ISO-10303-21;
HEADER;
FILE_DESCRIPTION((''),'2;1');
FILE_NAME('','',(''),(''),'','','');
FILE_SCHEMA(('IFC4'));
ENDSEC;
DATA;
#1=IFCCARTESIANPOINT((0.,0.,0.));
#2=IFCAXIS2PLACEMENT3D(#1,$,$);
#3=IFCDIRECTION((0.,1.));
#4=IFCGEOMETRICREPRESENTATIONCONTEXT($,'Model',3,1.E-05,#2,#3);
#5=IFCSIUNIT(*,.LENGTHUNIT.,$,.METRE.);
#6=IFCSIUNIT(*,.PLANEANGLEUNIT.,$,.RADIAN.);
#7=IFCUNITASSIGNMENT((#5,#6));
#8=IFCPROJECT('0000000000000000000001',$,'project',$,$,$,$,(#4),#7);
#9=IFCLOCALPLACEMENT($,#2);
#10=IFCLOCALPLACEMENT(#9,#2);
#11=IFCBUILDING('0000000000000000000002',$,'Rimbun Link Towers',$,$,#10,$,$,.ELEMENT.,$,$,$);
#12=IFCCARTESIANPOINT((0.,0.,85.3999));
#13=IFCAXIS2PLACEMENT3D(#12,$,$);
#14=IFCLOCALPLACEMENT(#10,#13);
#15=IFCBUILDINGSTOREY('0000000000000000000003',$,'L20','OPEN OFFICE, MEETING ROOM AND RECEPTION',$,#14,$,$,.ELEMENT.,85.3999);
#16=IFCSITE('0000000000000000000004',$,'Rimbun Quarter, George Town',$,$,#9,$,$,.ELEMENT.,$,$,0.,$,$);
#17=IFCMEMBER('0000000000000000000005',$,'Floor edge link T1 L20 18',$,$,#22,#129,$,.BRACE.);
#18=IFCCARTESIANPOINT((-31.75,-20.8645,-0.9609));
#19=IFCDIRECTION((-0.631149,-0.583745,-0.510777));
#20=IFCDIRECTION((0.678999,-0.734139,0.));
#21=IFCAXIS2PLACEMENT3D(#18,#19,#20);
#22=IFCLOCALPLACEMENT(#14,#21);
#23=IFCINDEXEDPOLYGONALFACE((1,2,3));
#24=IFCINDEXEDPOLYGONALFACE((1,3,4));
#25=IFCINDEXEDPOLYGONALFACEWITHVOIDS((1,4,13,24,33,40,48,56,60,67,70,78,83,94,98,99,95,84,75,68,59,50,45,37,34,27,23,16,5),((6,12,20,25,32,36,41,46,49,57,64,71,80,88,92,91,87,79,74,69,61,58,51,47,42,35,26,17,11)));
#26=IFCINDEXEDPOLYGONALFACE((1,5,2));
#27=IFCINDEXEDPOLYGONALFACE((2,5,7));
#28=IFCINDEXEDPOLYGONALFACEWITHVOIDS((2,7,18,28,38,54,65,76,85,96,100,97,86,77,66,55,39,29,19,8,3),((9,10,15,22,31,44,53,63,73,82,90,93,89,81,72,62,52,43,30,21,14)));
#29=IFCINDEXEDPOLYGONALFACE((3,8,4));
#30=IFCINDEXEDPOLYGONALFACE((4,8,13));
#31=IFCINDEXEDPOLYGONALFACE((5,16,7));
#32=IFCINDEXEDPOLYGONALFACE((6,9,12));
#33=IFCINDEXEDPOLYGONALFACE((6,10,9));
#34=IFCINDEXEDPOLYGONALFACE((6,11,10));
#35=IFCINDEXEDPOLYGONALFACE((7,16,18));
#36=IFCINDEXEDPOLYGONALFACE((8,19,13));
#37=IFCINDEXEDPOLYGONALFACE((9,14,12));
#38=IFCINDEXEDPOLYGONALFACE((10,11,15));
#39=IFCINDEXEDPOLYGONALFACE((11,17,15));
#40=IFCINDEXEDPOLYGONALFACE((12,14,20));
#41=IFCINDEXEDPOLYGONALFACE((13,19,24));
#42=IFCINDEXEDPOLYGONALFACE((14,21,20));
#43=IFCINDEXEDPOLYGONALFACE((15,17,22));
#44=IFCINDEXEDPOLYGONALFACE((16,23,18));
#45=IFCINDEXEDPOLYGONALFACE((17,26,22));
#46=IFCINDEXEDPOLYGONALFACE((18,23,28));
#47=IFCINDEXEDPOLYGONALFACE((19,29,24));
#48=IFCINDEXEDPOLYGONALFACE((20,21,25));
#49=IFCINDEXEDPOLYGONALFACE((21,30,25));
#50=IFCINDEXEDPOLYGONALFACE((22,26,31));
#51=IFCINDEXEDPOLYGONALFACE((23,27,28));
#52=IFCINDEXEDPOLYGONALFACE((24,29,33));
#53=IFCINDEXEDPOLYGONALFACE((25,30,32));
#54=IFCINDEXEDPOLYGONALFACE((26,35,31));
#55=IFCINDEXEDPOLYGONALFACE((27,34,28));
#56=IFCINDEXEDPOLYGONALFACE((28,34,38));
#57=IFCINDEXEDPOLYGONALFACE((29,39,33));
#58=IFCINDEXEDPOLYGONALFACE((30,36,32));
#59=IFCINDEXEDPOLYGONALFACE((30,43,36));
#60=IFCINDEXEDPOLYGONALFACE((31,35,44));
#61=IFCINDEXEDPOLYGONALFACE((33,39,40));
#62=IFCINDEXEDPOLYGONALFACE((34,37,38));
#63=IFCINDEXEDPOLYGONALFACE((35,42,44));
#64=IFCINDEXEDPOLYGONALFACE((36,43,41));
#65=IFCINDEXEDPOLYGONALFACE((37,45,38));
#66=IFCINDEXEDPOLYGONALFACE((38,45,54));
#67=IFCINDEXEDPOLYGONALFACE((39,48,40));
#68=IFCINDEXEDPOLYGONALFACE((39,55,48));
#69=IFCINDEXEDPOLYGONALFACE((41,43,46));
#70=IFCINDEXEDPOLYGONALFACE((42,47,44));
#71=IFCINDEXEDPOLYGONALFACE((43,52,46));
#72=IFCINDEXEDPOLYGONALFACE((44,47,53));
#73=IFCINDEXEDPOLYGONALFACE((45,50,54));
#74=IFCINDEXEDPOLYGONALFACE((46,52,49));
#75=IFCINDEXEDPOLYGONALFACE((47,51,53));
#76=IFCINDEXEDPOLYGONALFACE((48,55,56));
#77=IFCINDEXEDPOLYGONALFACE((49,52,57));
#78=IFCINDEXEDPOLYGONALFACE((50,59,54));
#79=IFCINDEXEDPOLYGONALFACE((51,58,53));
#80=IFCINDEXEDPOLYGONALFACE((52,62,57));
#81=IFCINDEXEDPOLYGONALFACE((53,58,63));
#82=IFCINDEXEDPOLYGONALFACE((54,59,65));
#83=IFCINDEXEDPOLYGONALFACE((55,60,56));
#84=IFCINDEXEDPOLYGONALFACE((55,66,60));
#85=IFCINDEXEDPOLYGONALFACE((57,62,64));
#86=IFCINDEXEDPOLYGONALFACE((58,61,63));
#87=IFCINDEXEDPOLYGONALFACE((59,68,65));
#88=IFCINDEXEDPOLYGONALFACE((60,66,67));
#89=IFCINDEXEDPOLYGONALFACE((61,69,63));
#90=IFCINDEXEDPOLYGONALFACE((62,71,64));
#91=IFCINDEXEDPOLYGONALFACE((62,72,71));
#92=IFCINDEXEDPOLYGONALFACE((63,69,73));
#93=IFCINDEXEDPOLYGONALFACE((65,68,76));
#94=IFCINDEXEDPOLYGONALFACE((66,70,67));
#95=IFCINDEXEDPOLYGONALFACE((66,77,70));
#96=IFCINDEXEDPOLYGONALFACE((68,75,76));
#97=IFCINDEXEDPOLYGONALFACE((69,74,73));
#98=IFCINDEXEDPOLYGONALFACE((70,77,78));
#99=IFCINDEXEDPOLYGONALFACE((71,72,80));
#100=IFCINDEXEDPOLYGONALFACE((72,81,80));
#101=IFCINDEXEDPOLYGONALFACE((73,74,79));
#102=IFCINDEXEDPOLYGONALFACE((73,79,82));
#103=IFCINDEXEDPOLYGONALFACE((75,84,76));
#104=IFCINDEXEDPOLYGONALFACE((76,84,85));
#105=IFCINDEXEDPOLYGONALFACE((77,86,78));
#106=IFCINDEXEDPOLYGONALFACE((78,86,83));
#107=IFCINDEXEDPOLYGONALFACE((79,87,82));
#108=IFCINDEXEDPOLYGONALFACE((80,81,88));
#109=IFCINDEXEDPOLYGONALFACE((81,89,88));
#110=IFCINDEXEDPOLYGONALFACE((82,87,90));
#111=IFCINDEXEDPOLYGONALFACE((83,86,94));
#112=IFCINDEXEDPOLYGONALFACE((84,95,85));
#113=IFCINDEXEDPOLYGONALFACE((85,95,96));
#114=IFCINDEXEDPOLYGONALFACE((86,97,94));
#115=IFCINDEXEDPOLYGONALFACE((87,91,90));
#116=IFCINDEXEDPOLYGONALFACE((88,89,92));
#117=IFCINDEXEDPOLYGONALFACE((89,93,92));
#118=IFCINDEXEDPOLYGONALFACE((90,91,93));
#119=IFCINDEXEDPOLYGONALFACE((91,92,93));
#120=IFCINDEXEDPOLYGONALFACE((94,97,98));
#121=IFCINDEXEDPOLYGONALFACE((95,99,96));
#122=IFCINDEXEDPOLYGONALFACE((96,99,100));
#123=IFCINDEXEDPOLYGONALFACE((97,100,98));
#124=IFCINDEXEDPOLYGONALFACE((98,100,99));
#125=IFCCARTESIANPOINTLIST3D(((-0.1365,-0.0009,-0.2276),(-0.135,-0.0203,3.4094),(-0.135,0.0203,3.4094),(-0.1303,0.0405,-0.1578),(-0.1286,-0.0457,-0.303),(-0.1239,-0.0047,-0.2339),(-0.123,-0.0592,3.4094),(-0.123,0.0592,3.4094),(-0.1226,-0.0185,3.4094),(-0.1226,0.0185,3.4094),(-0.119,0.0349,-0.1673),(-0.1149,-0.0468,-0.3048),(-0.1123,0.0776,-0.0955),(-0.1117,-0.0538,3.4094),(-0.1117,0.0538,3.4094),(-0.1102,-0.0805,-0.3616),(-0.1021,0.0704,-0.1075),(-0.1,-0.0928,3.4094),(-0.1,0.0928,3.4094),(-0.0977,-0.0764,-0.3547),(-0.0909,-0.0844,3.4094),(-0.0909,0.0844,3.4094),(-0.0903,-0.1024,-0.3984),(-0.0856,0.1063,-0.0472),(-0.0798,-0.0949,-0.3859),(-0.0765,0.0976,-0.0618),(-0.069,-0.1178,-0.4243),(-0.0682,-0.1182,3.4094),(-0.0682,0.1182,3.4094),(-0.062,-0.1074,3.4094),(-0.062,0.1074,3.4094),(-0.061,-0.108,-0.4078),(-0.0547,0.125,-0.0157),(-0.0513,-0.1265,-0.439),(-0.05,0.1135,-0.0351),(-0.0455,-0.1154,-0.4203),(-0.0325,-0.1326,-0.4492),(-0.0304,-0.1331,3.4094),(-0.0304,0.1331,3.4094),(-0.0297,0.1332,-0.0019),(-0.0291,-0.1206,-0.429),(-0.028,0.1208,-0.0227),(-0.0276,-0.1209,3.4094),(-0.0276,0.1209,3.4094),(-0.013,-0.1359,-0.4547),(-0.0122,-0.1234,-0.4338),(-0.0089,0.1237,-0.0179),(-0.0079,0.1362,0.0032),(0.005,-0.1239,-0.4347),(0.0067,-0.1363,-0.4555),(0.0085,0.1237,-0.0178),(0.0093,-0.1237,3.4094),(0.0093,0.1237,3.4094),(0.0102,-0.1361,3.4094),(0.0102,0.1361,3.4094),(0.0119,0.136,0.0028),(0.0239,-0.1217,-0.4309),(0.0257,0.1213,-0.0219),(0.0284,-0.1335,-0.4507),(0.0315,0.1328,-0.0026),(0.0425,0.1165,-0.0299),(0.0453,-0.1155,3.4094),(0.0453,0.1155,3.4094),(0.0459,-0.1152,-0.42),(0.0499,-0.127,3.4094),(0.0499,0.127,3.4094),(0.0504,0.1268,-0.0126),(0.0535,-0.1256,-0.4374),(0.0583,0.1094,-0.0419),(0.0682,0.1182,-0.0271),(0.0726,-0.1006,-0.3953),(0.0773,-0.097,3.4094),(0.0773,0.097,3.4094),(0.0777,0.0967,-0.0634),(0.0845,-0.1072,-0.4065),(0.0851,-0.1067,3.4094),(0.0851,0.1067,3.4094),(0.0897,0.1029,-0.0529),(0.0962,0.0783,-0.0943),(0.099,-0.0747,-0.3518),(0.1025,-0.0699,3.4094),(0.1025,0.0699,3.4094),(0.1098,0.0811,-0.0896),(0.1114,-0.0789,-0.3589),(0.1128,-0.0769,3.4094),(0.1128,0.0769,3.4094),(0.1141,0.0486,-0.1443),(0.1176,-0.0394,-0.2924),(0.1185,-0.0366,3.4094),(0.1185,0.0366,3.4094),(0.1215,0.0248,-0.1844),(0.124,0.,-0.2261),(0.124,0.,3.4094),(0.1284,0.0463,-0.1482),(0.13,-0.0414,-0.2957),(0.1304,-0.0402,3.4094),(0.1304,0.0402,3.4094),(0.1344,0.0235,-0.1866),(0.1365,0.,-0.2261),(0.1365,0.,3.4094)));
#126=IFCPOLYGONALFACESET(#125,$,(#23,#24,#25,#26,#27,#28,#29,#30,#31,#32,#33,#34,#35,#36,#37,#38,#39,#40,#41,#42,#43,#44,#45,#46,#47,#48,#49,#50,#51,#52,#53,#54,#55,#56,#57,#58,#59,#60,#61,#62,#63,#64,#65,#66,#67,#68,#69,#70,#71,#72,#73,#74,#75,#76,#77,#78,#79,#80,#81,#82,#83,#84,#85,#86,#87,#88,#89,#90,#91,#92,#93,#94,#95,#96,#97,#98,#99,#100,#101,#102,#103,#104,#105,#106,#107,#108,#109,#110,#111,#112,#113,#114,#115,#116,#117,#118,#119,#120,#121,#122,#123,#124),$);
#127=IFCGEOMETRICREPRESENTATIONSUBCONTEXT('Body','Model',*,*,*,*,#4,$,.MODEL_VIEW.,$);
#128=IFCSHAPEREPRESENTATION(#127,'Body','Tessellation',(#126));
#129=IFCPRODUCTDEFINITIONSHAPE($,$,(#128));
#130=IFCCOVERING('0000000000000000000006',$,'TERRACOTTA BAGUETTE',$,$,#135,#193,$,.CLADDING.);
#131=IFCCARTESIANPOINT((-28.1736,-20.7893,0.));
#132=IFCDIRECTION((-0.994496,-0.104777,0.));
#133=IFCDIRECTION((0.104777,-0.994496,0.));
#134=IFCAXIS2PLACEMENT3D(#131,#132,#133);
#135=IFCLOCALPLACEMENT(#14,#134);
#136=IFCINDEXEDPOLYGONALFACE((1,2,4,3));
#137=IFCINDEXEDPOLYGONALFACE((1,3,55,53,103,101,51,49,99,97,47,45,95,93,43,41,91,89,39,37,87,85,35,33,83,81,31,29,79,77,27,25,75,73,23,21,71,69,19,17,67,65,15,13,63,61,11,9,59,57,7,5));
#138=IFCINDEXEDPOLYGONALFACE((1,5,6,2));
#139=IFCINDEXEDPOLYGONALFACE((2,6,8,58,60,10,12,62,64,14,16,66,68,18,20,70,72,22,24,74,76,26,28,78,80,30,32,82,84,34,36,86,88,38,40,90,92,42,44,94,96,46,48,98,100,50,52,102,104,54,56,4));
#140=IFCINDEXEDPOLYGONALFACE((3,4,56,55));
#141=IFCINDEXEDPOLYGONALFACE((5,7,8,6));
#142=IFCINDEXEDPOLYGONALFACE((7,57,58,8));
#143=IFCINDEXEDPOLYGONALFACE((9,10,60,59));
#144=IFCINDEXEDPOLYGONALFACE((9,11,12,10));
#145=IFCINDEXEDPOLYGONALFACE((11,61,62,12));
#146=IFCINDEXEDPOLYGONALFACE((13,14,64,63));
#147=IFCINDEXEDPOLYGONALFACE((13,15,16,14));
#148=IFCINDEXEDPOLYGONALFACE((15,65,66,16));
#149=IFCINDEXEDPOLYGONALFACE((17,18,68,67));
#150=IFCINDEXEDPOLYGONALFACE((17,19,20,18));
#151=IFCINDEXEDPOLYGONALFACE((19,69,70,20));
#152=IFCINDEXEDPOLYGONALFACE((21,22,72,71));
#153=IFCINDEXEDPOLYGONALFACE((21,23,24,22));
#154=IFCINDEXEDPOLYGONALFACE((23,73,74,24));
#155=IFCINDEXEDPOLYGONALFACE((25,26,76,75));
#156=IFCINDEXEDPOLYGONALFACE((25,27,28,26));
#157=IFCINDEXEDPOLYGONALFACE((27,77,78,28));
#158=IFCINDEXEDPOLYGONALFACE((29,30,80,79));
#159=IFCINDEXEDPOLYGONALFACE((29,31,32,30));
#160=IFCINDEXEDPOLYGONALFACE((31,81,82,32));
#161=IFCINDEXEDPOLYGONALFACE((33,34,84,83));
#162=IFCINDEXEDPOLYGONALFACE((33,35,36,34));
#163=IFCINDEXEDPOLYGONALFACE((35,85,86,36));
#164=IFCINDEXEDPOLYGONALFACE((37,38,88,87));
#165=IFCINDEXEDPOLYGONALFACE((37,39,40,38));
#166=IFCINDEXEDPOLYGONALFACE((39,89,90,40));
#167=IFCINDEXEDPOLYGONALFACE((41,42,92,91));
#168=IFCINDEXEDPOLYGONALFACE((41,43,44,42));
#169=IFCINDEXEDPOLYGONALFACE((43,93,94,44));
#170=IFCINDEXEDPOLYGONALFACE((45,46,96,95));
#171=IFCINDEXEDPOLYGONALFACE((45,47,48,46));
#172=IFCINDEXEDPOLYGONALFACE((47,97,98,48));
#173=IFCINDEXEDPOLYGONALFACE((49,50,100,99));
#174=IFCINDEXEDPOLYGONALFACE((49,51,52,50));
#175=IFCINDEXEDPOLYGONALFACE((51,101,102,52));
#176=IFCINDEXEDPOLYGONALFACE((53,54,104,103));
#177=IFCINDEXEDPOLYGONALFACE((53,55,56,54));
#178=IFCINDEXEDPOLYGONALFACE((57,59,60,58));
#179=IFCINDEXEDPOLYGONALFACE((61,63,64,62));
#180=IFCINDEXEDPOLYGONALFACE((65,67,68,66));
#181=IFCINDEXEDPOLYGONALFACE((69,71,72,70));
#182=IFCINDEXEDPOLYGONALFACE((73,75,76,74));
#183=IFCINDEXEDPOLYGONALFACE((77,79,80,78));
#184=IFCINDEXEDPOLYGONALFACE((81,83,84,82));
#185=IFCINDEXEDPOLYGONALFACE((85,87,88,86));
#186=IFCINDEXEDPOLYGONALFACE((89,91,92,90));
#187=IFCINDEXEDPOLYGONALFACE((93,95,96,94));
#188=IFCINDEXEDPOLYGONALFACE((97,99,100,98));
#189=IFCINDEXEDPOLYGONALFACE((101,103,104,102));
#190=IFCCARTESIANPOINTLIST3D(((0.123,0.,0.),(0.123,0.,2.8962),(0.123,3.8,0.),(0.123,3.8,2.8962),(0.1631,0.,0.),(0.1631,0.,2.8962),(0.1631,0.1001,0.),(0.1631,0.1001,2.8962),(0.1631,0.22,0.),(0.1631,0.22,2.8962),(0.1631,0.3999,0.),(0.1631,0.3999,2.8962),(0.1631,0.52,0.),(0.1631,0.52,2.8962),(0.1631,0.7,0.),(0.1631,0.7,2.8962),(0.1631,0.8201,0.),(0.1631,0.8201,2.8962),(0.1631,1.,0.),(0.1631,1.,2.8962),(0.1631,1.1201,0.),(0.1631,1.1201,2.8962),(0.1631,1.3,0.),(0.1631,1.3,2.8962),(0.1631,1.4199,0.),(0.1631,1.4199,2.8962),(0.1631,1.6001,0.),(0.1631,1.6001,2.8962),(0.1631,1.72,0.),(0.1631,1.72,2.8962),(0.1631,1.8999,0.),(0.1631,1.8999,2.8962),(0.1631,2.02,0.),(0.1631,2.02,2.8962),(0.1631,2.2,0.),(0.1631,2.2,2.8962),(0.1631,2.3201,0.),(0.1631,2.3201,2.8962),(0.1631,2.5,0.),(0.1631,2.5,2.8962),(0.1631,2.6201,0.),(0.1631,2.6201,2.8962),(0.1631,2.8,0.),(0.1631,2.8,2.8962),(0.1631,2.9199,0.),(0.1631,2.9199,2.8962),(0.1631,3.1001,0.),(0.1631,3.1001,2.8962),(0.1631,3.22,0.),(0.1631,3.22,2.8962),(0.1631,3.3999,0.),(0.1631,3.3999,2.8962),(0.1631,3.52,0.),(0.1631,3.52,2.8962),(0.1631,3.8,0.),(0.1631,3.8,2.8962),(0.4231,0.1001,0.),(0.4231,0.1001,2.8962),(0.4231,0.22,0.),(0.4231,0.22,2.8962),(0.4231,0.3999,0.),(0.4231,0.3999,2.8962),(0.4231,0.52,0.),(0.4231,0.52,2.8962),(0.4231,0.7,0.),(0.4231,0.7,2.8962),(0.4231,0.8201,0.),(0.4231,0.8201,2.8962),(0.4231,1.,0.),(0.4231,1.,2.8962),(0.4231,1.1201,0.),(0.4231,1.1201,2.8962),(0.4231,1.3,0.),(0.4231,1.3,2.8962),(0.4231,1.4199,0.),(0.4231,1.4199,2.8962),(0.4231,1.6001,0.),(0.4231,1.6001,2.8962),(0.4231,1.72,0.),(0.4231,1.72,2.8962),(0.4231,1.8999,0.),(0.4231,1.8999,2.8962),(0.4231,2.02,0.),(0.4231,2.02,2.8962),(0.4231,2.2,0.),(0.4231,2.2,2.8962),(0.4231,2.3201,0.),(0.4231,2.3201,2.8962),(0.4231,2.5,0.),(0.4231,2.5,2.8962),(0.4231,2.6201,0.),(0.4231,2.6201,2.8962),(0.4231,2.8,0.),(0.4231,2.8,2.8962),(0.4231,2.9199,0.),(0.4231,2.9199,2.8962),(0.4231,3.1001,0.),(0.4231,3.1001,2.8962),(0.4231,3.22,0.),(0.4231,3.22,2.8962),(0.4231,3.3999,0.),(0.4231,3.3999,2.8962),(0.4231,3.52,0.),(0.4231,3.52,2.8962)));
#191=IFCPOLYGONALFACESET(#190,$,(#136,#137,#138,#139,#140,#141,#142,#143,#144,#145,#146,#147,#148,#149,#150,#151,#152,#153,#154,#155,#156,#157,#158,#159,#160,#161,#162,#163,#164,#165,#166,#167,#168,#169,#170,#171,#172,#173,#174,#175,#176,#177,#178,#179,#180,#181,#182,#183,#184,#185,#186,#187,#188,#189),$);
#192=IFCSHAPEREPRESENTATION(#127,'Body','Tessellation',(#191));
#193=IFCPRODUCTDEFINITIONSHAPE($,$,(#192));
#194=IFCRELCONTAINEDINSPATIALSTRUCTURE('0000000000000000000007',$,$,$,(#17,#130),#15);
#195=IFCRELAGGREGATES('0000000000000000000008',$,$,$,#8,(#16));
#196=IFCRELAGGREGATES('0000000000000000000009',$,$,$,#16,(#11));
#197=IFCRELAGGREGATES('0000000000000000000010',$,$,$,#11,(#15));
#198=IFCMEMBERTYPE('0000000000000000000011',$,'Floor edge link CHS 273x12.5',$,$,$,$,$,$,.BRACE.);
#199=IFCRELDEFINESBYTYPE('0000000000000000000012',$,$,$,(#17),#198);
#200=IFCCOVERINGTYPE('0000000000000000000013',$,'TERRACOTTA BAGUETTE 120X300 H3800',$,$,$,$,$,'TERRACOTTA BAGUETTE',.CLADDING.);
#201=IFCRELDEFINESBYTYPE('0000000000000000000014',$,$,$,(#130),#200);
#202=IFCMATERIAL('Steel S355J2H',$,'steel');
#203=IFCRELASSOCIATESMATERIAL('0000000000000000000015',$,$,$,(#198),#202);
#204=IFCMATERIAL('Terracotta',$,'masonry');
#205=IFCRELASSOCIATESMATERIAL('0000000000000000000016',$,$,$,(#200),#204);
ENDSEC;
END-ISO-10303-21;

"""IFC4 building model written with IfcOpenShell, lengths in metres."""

from ifc_helpers import new_model, si_unit, direction, frame, origin, origin_2d, place, context, subcontext, project, spatial, polyline, hollow_circle, outline, extrude, clip, halfspace, material, material_profile, profile_set, type_object, element, save


model = new_model("IFC4")

# Units and contexts
model_context = context("Model", 3, precision=1e-05, world=origin(), true_north=direction((0.0, 1.0)))
body_context = subcontext(model_context, "Body", "Model", "MODEL_VIEW")
ifc_project = project(units=[si_unit("LENGTHUNIT", "METRE"), si_unit("PLANEANGLEUNIT", "RADIAN")], contexts=[model_context])

# Site, building, storey
site_placement = place(None, origin())
site = spatial("IfcSite", under=ifc_project, at=site_placement, Name="Rimbun Quarter, George Town", CompositionType="ELEMENT", RefElevation=0.0)
building_placement = place(site_placement, origin())
building = spatial("IfcBuilding", under=site, at=building_placement, Name="Rimbun Link Towers", CompositionType="ELEMENT")
storey_placement = place(building_placement, frame((0.0, 0.0, 85.3999)))
storey = spatial("IfcBuildingStorey", under=building, at=storey_placement, Name="L20", Description="OPEN OFFICE, MEETING ROOM AND RECEPTION", CompositionType="ELEMENT", Elevation=85.3999)

# Member
ifc_material_1 = material(Name="Steel S355J2H", Category="steel")
ifc_material_profile_1 = material_profile(ifc_material_1, hollow_circle(Radius=0.1365, WallThickness=0.0125, at=origin_2d()), Name="CHS 273x12.5")
ifc_profile_set_1 = profile_set([ifc_material_profile_1], Name="Steel S355J2H")
member_type_1 = type_object("IfcMemberType", Name="Floor edge link CHS 273x12.5", PredefinedType="BRACE", material=ifc_profile_set_1)
member_1_placement = place(storey_placement, frame((-31.75, -20.8645, -0.9609), z_axis=(-0.631149, -0.583745, -0.510777), x_axis=(0.678999, -0.734139, 0.0)))
element("IfcMember", 1, at=member_1_placement, inside=storey, type_object=member_type_1, Name="Floor edge link T1 L20 18", PredefinedType="BRACE", context=body_context, shape_type="Clipping", body=[
    clip(extrude(hollow_circle(Radius=0.1365, WallThickness=0.0125, at=origin_2d()), frame((0.0, 0.0, -0.479)), (0.0, 0.0, 1.0), 3.8884), halfspace(frame((0.0, 0.0, -0.2261), z_axis=(0.0, 0.859713, -0.510777)), False)),
])

# Covering
ifc_material_2 = material(Name="Terracotta", Category="masonry")
ifc_material_profile_2 = material_profile(ifc_material_2, outline(polyline([(0.123, 0.0), (0.1631, 0.0), (0.1631, 0.1001), (0.4231, 0.1001), (0.4231, 0.22), (0.1631, 0.22), (0.1631, 0.3999), (0.4231, 0.3999), (0.4231, 0.52), (0.1631, 0.52), (0.1631, 0.7), (0.4231, 0.7), (0.4231, 0.8201), (0.1631, 0.8201), (0.1631, 1.0), (0.4231, 1.0), (0.4231, 1.1201), (0.1631, 1.1201), (0.1631, 1.3), (0.4231, 1.3), (0.4231, 1.4199), (0.1631, 1.4199), (0.1631, 1.6001), (0.4231, 1.6001), (0.4231, 1.72), (0.1631, 1.72), (0.1631, 1.8999), (0.4231, 1.8999), (0.4231, 2.02), (0.1631, 2.02), (0.1631, 2.2), (0.4231, 2.2), (0.4231, 2.3201), (0.1631, 2.3201), (0.1631, 2.5), (0.4231, 2.5), (0.4231, 2.6201), (0.1631, 2.6201), (0.1631, 2.8), (0.4231, 2.8), (0.4231, 2.9199), (0.1631, 2.9199), (0.1631, 3.1001), (0.4231, 3.1001), (0.4231, 3.22), (0.1631, 3.22), (0.1631, 3.3999), (0.4231, 3.3999), (0.4231, 3.52), (0.1631, 3.52), (0.1631, 3.8), (0.123, 3.8), (0.123, 0.0)])), Name="BAGUETTE 120X300")
ifc_profile_set_2 = profile_set([ifc_material_profile_2], Name="Terracotta")
covering_type = type_object("IfcCoveringType", Name="TERRACOTTA BAGUETTE 120X300 H3800", ElementType="TERRACOTTA BAGUETTE", PredefinedType="CLADDING", material=ifc_profile_set_2)
covering_placement = place(storey_placement, frame((-28.1736, -20.7893, 0.0), z_axis=(-0.994496, -0.104777, 0.0), x_axis=(0.104777, -0.994496, 0.0)))
element("IfcCovering", 2, at=covering_placement, inside=storey, type_object=covering_type, Name="TERRACOTTA BAGUETTE", PredefinedType="CLADDING", context=body_context, shape_type="SweptSolid", body=[
    extrude(outline(polyline([(0.123, 0.0), (0.1631, 0.0), (0.1631, 0.1001), (0.4231, 0.1001), (0.4231, 0.22), (0.1631, 0.22), (0.1631, 0.3999), (0.4231, 0.3999), (0.4231, 0.52), (0.1631, 0.52), (0.1631, 0.7), (0.4231, 0.7), (0.4231, 0.8201), (0.1631, 0.8201), (0.1631, 1.0), (0.4231, 1.0), (0.4231, 1.1201), (0.1631, 1.1201), (0.1631, 1.3), (0.4231, 1.3), (0.4231, 1.4199), (0.1631, 1.4199), (0.1631, 1.6001), (0.4231, 1.6001), (0.4231, 1.72), (0.1631, 1.72), (0.1631, 1.8999), (0.4231, 1.8999), (0.4231, 2.02), (0.1631, 2.02), (0.1631, 2.2), (0.4231, 2.2), (0.4231, 2.3201), (0.1631, 2.3201), (0.1631, 2.5), (0.4231, 2.5), (0.4231, 2.6201), (0.1631, 2.6201), (0.1631, 2.8), (0.4231, 2.8), (0.4231, 2.9199), (0.1631, 2.9199), (0.1631, 3.1001), (0.4231, 3.1001), (0.4231, 3.22), (0.1631, 3.22), (0.1631, 3.3999), (0.4231, 3.3999), (0.4231, 3.52), (0.1631, 3.52), (0.1631, 3.8), (0.123, 3.8), (0.123, 0.0)])), origin(), (0.0, 0.0, 1.0), 2.8962),
])

save(model, "model.ifc")
